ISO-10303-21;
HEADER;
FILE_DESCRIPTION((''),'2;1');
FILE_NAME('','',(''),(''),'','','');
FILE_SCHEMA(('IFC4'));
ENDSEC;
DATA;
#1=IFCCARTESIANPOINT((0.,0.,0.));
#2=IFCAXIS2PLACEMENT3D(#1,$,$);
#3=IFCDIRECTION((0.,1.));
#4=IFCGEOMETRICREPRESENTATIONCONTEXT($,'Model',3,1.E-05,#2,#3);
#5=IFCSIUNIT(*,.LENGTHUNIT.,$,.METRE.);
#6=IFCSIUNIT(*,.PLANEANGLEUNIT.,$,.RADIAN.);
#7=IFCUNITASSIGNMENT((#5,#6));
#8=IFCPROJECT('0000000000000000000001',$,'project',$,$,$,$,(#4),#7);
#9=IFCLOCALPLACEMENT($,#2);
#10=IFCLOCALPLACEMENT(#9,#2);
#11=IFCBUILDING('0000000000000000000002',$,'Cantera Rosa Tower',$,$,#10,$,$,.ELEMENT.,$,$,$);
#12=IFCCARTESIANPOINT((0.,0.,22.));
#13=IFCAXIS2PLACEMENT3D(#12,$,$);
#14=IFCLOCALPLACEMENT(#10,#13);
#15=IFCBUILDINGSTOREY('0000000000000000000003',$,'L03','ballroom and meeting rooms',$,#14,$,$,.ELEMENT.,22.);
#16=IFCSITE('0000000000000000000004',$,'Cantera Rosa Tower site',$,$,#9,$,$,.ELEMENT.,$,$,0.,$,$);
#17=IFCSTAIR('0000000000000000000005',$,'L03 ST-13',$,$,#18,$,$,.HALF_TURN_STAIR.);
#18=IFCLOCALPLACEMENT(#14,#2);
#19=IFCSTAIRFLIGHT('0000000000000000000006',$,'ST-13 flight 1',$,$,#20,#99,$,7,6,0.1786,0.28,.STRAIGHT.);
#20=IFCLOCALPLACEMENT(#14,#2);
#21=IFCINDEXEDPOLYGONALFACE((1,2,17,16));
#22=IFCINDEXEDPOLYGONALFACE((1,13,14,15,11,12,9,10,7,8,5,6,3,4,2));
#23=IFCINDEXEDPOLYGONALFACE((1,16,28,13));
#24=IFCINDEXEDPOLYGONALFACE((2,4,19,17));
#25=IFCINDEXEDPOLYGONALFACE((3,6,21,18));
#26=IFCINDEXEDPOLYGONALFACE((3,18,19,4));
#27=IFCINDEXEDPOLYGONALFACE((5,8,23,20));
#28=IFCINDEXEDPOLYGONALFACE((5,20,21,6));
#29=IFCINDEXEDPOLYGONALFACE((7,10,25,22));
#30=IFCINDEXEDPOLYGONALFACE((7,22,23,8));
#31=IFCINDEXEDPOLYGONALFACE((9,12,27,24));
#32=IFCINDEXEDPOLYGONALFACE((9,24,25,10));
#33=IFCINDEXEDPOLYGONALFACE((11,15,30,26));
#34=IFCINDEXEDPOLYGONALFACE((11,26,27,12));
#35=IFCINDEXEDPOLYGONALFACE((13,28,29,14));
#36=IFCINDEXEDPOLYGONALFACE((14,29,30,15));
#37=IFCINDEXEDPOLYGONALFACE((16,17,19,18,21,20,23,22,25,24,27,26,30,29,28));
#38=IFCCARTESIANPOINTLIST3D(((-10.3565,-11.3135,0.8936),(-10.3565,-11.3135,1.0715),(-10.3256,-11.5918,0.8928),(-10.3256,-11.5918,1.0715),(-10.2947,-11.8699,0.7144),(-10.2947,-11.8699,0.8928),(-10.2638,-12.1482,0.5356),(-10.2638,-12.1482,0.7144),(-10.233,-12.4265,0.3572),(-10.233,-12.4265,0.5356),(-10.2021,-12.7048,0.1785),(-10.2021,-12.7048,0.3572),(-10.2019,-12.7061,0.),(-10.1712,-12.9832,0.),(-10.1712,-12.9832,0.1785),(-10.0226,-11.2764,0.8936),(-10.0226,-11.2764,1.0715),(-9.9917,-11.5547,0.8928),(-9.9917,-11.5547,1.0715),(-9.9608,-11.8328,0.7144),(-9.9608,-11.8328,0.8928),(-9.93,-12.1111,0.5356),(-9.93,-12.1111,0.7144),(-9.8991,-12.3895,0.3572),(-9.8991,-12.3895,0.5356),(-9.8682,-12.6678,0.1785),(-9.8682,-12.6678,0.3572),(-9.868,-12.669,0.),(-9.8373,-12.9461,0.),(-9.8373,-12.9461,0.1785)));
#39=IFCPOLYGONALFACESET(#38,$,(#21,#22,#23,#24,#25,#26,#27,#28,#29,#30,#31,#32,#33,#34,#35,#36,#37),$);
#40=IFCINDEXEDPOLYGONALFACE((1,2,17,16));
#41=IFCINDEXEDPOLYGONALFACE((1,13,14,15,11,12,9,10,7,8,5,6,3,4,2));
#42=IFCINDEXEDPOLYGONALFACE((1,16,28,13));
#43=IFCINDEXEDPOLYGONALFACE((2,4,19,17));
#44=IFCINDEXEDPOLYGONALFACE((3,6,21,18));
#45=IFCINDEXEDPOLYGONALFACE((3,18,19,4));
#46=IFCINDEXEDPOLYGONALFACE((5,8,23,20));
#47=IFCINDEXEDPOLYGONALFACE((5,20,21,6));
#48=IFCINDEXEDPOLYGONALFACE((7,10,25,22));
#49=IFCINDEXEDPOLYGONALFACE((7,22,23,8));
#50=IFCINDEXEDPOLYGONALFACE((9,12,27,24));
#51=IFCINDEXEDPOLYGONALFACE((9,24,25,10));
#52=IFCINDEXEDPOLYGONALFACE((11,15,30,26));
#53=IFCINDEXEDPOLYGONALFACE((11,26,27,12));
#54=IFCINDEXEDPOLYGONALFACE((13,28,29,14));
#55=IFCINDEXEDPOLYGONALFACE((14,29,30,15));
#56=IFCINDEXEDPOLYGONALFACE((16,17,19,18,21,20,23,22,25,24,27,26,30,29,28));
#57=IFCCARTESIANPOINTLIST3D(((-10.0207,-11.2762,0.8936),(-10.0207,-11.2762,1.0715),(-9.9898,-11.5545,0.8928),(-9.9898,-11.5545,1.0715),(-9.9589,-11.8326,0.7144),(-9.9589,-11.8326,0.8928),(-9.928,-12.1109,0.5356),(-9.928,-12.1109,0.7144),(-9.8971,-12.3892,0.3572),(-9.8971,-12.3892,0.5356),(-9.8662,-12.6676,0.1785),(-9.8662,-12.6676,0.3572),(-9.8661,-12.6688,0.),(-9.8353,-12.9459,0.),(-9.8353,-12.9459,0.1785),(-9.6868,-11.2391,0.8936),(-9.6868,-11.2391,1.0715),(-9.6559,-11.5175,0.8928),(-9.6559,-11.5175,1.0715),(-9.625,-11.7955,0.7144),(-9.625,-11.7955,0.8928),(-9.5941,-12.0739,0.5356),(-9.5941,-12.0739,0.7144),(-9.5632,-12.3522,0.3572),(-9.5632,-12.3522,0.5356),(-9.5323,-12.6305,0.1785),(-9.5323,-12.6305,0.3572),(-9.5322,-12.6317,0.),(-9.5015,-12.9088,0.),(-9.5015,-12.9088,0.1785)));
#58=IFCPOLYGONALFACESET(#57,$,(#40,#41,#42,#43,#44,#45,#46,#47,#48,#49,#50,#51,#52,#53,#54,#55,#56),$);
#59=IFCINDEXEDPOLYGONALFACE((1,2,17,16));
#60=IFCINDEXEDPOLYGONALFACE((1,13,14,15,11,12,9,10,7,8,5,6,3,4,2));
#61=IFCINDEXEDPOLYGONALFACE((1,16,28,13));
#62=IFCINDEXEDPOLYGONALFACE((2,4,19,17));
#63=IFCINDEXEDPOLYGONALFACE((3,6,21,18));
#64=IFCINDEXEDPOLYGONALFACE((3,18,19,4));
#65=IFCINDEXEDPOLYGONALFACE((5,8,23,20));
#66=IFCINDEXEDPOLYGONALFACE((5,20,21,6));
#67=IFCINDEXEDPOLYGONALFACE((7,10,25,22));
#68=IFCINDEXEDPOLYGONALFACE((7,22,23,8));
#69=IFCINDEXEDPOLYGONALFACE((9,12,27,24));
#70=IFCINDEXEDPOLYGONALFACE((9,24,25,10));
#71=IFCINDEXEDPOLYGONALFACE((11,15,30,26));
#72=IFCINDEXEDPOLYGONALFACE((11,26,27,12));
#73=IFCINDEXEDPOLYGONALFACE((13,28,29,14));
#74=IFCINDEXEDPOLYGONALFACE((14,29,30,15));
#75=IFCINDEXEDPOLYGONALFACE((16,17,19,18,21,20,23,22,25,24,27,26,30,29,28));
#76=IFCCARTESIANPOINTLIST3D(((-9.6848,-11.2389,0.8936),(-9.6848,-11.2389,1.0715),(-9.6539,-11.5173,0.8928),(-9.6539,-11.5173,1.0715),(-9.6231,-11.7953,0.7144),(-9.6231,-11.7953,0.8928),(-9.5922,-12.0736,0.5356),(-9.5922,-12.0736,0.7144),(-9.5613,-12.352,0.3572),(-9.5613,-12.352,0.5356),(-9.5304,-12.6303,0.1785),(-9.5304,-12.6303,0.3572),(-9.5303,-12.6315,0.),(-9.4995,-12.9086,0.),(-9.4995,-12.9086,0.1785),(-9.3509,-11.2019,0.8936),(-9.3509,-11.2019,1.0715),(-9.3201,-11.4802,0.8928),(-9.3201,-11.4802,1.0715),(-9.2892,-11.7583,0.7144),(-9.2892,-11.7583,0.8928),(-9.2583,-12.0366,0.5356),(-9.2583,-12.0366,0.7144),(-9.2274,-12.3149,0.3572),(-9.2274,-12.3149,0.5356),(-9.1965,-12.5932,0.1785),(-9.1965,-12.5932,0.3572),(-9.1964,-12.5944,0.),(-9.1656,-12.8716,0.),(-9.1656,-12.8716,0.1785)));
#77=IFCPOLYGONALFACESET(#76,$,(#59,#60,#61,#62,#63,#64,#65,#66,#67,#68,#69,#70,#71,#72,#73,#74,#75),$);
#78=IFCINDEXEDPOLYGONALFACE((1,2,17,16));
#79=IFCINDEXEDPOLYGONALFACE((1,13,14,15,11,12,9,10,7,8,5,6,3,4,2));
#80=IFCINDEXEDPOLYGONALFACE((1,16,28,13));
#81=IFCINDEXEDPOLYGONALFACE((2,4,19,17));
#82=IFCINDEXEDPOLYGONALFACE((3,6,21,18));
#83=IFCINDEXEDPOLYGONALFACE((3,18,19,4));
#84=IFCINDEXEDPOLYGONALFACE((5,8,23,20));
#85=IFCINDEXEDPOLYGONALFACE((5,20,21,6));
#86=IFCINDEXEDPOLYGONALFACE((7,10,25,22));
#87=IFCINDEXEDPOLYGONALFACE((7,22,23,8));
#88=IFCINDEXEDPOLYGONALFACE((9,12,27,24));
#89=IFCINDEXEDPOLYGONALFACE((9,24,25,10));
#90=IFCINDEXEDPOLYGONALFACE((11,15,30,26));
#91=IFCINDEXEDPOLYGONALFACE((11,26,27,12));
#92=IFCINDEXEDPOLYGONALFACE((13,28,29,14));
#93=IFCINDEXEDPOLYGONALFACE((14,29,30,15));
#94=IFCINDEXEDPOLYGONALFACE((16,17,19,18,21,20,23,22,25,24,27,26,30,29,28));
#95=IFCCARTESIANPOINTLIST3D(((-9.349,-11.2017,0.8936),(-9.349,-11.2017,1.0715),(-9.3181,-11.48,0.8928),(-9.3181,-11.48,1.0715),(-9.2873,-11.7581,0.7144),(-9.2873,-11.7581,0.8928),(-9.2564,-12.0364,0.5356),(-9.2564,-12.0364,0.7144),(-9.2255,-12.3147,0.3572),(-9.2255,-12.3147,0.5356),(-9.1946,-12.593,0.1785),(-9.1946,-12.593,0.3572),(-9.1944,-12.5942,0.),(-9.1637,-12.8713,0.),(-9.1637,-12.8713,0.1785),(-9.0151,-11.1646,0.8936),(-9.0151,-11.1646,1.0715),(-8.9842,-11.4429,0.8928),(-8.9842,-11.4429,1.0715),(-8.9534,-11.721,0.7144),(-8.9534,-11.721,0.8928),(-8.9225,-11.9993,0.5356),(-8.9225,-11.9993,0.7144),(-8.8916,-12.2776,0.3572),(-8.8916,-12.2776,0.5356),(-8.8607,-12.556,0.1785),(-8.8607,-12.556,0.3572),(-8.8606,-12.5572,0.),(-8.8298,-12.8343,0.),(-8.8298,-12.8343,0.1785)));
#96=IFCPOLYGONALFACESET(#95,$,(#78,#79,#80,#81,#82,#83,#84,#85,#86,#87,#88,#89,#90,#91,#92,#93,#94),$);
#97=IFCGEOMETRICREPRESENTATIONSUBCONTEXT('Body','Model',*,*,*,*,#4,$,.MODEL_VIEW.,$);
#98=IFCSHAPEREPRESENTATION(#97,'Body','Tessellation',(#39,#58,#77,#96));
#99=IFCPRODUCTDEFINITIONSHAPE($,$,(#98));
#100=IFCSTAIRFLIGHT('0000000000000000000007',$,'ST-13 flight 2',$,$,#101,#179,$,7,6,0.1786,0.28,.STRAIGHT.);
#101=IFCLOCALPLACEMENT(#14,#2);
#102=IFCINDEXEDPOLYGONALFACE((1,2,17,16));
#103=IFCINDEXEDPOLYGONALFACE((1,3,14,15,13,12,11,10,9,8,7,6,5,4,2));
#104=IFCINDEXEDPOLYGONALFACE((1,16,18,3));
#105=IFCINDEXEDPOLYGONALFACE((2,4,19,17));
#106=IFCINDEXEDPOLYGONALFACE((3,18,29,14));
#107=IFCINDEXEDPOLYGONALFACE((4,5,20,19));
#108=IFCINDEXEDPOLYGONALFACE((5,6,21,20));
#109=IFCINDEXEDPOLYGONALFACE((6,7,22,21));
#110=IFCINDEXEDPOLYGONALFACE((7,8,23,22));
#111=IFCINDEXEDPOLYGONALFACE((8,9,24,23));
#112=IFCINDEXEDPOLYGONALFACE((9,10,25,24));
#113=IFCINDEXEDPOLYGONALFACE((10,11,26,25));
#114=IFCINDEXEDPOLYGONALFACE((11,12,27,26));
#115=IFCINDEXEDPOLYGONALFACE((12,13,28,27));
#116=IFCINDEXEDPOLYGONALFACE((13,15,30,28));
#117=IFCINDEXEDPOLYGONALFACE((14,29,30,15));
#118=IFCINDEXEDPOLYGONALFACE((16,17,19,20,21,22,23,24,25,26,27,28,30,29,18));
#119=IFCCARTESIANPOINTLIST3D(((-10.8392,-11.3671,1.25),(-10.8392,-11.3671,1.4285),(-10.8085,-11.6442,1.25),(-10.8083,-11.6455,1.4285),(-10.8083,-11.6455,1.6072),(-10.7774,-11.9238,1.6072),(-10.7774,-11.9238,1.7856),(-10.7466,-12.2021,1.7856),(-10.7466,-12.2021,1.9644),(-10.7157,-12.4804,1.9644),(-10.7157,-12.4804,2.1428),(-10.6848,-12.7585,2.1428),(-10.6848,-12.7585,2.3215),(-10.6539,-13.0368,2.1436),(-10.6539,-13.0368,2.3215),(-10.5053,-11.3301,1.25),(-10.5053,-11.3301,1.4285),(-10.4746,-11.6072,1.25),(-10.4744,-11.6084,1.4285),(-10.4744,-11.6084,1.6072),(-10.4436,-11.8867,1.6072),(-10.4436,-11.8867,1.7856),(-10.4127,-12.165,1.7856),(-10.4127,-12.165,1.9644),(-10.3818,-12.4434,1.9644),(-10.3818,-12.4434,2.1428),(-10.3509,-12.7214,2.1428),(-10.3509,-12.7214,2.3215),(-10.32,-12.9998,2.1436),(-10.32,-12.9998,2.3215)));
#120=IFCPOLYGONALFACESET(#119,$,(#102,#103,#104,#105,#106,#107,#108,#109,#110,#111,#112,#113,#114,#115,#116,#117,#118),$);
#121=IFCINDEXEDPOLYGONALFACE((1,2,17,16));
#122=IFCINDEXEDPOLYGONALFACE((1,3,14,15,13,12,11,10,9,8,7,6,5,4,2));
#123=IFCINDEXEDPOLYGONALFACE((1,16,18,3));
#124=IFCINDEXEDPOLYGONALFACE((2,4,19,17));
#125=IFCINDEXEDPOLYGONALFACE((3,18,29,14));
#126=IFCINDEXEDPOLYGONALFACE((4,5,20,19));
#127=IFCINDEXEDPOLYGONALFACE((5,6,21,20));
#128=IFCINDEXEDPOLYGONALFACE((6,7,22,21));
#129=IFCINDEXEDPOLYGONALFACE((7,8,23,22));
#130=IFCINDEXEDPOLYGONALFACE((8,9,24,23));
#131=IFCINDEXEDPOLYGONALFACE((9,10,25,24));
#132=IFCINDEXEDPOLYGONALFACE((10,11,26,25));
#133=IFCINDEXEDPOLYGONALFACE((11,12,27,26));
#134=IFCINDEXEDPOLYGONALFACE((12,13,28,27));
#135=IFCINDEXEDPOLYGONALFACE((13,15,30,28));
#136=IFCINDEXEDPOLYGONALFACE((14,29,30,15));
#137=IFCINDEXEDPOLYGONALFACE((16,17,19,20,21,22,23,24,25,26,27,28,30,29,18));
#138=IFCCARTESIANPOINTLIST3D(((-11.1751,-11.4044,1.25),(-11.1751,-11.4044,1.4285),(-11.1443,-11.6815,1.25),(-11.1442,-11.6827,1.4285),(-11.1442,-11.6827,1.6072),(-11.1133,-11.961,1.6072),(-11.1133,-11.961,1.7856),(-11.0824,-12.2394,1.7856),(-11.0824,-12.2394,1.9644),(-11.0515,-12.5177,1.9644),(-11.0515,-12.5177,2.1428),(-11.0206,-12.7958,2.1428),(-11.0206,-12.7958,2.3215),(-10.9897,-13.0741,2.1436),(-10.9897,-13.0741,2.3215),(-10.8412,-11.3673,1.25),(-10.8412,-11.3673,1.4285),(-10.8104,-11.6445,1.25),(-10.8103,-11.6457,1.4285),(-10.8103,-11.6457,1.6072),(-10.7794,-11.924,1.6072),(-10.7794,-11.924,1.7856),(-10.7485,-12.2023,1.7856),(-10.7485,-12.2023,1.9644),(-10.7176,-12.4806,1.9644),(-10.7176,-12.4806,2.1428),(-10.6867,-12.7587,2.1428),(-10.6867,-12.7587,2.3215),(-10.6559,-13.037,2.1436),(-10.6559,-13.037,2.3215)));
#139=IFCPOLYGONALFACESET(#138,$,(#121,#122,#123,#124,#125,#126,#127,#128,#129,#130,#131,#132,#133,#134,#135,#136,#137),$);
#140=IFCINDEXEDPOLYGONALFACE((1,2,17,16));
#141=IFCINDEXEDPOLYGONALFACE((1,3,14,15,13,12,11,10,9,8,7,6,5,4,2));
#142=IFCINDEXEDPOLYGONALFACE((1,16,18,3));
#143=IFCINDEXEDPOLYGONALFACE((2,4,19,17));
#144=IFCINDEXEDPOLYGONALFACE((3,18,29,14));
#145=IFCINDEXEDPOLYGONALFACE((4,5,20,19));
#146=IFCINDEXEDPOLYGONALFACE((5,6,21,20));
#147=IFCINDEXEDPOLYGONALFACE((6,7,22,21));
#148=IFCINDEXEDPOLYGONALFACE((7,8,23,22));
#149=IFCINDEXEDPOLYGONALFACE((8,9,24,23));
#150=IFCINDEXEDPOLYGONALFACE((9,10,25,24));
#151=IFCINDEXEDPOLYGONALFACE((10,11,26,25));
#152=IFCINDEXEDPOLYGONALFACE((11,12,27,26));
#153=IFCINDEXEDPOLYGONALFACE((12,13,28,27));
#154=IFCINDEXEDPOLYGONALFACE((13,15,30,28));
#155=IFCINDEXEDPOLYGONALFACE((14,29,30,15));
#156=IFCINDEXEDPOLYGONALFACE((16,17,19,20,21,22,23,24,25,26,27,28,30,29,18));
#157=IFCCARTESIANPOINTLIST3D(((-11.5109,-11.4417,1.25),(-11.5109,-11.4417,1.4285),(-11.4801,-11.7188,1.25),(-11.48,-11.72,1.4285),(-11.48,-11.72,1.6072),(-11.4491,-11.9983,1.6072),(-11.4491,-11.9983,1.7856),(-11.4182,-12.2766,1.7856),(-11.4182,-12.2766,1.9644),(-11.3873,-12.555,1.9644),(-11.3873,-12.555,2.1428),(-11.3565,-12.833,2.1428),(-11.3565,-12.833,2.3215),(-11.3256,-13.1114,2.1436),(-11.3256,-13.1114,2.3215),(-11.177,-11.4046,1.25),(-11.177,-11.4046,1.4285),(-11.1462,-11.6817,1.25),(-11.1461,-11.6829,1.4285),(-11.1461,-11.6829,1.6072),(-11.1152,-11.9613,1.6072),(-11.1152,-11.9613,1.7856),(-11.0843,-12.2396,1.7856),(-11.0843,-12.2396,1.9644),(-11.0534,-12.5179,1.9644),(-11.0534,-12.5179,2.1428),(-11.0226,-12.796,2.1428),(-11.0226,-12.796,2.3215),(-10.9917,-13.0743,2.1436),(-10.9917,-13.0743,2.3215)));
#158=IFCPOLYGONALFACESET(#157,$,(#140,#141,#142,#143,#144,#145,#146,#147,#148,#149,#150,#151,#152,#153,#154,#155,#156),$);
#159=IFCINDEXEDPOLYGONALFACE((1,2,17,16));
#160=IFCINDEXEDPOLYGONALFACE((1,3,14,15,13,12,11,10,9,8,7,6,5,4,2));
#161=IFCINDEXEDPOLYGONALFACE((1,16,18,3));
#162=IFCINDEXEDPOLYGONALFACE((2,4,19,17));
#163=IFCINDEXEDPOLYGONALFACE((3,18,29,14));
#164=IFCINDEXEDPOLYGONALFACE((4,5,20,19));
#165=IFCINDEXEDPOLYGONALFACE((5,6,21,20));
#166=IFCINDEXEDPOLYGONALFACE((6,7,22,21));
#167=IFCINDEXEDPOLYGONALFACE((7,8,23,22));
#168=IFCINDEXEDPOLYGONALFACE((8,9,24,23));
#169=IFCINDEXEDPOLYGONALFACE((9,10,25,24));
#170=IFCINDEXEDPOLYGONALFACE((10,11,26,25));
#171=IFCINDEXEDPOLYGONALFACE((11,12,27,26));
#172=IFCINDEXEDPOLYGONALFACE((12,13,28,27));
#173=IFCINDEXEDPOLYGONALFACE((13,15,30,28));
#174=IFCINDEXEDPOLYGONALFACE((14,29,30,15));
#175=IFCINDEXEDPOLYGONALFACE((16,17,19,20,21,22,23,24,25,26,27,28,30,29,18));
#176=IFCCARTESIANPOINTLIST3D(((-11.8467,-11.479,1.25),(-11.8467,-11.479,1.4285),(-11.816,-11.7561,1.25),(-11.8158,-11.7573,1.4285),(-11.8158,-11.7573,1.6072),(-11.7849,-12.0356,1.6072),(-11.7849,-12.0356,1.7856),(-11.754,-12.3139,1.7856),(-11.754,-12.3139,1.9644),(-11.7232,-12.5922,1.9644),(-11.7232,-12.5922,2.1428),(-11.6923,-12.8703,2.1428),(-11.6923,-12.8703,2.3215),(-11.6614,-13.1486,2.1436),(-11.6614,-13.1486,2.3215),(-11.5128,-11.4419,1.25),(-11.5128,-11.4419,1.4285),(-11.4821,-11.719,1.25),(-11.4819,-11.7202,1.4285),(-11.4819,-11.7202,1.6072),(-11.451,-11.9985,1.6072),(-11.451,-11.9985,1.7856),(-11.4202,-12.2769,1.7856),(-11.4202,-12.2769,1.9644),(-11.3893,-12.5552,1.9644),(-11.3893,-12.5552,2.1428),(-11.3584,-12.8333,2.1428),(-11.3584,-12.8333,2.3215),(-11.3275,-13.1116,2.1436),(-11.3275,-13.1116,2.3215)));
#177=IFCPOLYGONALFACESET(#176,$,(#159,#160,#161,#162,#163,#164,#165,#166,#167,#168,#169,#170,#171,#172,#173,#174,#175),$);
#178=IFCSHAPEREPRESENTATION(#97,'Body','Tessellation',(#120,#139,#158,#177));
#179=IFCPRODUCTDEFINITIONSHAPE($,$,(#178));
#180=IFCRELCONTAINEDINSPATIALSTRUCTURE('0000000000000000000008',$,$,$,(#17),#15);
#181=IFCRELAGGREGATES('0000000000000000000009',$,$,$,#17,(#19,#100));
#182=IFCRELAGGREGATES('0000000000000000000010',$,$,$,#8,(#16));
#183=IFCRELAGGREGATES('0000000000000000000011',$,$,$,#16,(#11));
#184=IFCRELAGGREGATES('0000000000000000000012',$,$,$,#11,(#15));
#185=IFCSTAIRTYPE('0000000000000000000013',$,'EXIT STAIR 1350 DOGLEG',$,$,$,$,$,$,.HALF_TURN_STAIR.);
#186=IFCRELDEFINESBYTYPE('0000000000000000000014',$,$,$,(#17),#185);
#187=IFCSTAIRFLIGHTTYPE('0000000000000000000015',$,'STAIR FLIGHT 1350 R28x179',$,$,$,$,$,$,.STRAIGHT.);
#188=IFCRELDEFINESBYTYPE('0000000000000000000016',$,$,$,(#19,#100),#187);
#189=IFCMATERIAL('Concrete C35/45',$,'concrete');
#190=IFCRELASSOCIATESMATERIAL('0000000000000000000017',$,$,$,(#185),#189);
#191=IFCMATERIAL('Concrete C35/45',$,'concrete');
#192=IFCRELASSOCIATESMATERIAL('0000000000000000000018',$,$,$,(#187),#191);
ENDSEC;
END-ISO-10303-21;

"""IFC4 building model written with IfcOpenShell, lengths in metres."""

from ifc_helpers import new_model, si_unit, direction, frame, origin, place, context, subcontext, project, spatial, polyline, outline, extrude, material, type_object, element, aggregate, save


model = new_model("IFC4")

# Units and contexts
model_context = context("Model", 3, precision=1e-05, world=origin(), true_north=direction((0.0, 1.0)))
body_context = subcontext(model_context, "Body", "Model", "MODEL_VIEW")
ifc_project = project(units=[si_unit("LENGTHUNIT", "METRE"), si_unit("PLANEANGLEUNIT", "RADIAN")], contexts=[model_context])

# Site, building, storey
site_placement = place(None, origin())
site = spatial("IfcSite", under=ifc_project, at=site_placement, Name="Cantera Rosa Tower site", CompositionType="ELEMENT", RefElevation=0.0)
building_placement = place(site_placement, origin())
building = spatial("IfcBuilding", under=site, at=building_placement, Name="Cantera Rosa Tower", CompositionType="ELEMENT")
storey_placement = place(building_placement, frame((0.0, 0.0, 22.0)))
storey = spatial("IfcBuildingStorey", under=building, at=storey_placement, Name="L03", Description="ballroom and meeting rooms", CompositionType="ELEMENT", Elevation=22.0)

# Stair, stair flights
ifc_material_1 = material(Name="Concrete C35/45", Category="concrete")
stair_type = type_object("IfcStairType", Name="EXIT STAIR 1350 DOGLEG", PredefinedType="HALF_TURN_STAIR", material=ifc_material_1)
stair_placement = place(storey_placement, origin())
stair = element("IfcStair", 1, at=stair_placement, inside=storey, type_object=stair_type, Name="L03 ST-13", PredefinedType="HALF_TURN_STAIR")
ifc_material_2 = material(Name="Concrete C35/45", Category="concrete")
stair_flight_type = type_object("IfcStairFlightType", Name="STAIR FLIGHT 1350 R28x179", PredefinedType="STRAIGHT", material=ifc_material_2)
stair_flight_1_placement = place(storey_placement, frame((-9.5002, -12.9087, 0.0), z_axis=(0.0, 0.0, 1.0), x_axis=(-0.110313, 0.993897, 0.0)))
stair_flight_1 = element("IfcStairFlight", 2, at=stair_flight_1_placement, type_object=stair_flight_type, Name="ST-13 flight 1", NumberOfRisers=7, NumberOfTreads=6, PredefinedType="STRAIGHT", RiserHeight=0.1786, TreadLength=0.28, context=body_context, shape_type="SweptSolid", body=[
    extrude(outline(polyline([(0.0, 0.0), (0.0, 0.1785), (0.28, 0.1785), (0.28, 0.3572), (0.5601, 0.3572), (0.5601, 0.5356), (0.8401, 0.5356), (0.8401, 0.7144), (1.1201, 0.7144), (1.1201, 0.8928), (1.3999, 0.8928), (1.3999, 1.0715), (1.6799, 1.0715), (1.6799, 1.25), (1.6799, 0.8936), (0.2788, 0.0), (0.0, 0.0)])), frame((0.0, 0.675, 0.0), z_axis=(0.0, -1.0, 0.0), x_axis=(1.0, 0.0, 0.0)), (0.0, 0.0, 1.0), 0.3359),
    extrude(outline(polyline([(0.0, 0.0), (0.0, 0.1785), (0.28, 0.1785), (0.28, 0.3572), (0.5601, 0.3572), (0.5601, 0.5356), (0.8401, 0.5356), (0.8401, 0.7144), (1.1201, 0.7144), (1.1201, 0.8928), (1.3999, 0.8928), (1.3999, 1.0715), (1.6799, 1.0715), (1.6799, 1.25), (1.6799, 0.8936), (0.2788, 0.0), (0.0, 0.0)])), frame((0.0, 0.3372, 0.0), z_axis=(0.0, -1.0, 0.0), x_axis=(1.0, 0.0, 0.0)), (0.0, 0.0, 1.0), 0.3359),
    extrude(outline(polyline([(0.0, 0.0), (0.0, 0.1785), (0.28, 0.1785), (0.28, 0.3572), (0.5601, 0.3572), (0.5601, 0.5356), (0.8401, 0.5356), (0.8401, 0.7144), (1.1201, 0.7144), (1.1201, 0.8928), (1.3999, 0.8928), (1.3999, 1.0715), (1.6799, 1.0715), (1.6799, 1.25), (1.6799, 0.8936), (0.2788, 0.0), (0.0, 0.0)])), frame((0.0, -0.0007, 0.0), z_axis=(0.0, -1.0, 0.0), x_axis=(1.0, 0.0, 0.0)), (0.0, 0.0, 1.0), 0.3359),
    extrude(outline(polyline([(0.0, 0.0), (0.0, 0.1785), (0.28, 0.1785), (0.28, 0.3572), (0.5601, 0.3572), (0.5601, 0.5356), (0.8401, 0.5356), (0.8401, 0.7144), (1.1201, 0.7144), (1.1201, 0.8928), (1.3999, 0.8928), (1.3999, 1.0715), (1.6799, 1.0715), (1.6799, 1.25), (1.6799, 0.8936), (0.2788, 0.0), (0.0, 0.0)])), frame((0.0, -0.3386, 0.0), z_axis=(0.0, -1.0, 0.0), x_axis=(1.0, 0.0, 0.0)), (0.0, 0.0, 1.0), 0.3359),
])
stair_flight_2_placement = place(storey_placement, frame((-11.1763, -11.4045, 1.25), z_axis=(0.0, 0.0, 1.0), x_axis=(0.110313, -0.993897, 0.0)))
stair_flight_2 = element("IfcStairFlight", 3, at=stair_flight_2_placement, type_object=stair_flight_type, Name="ST-13 flight 2", NumberOfRisers=7, NumberOfTreads=6, PredefinedType="STRAIGHT", RiserHeight=0.1786, TreadLength=0.28, context=body_context, shape_type="SweptSolid", body=[
    extrude(outline(polyline([(0.0, 0.0), (0.0, 0.1785), (0.28, 0.1785), (0.28, 0.3572), (0.5601, 0.3572), (0.5601, 0.5356), (0.8401, 0.5356), (0.8401, 0.7144), (1.1201, 0.7144), (1.1201, 0.8928), (1.3999, 0.8928), (1.3999, 1.0715), (1.6799, 1.0715), (1.6799, 1.25), (1.6799, 0.8936), (0.2788, 0.0), (0.0, 0.0)])), frame((0.0, 0.675, 0.0), z_axis=(0.0, -1.0, 0.0), x_axis=(1.0, 0.0, 0.0)), (0.0, 0.0, 1.0), 0.3359),
    extrude(outline(polyline([(0.0, 0.0), (0.0, 0.1785), (0.28, 0.1785), (0.28, 0.3572), (0.5601, 0.3572), (0.5601, 0.5356), (0.8401, 0.5356), (0.8401, 0.7144), (1.1201, 0.7144), (1.1201, 0.8928), (1.3999, 0.8928), (1.3999, 1.0715), (1.6799, 1.0715), (1.6799, 1.25), (1.6799, 0.8936), (0.2788, 0.0), (0.0, 0.0)])), frame((0.0, 0.3372, 0.0), z_axis=(0.0, -1.0, 0.0), x_axis=(1.0, 0.0, 0.0)), (0.0, 0.0, 1.0), 0.3359),
    extrude(outline(polyline([(0.0, 0.0), (0.0, 0.1785), (0.28, 0.1785), (0.28, 0.3572), (0.5601, 0.3572), (0.5601, 0.5356), (0.8401, 0.5356), (0.8401, 0.7144), (1.1201, 0.7144), (1.1201, 0.8928), (1.3999, 0.8928), (1.3999, 1.0715), (1.6799, 1.0715), (1.6799, 1.25), (1.6799, 0.8936), (0.2788, 0.0), (0.0, 0.0)])), frame((0.0, -0.0007, 0.0), z_axis=(0.0, -1.0, 0.0), x_axis=(1.0, 0.0, 0.0)), (0.0, 0.0, 1.0), 0.3359),
    extrude(outline(polyline([(0.0, 0.0), (0.0, 0.1785), (0.28, 0.1785), (0.28, 0.3572), (0.5601, 0.3572), (0.5601, 0.5356), (0.8401, 0.5356), (0.8401, 0.7144), (1.1201, 0.7144), (1.1201, 0.8928), (1.3999, 0.8928), (1.3999, 1.0715), (1.6799, 1.0715), (1.6799, 1.25), (1.6799, 0.8936), (0.2788, 0.0), (0.0, 0.0)])), frame((0.0, -0.3386, 0.0), z_axis=(0.0, -1.0, 0.0), x_axis=(1.0, 0.0, 0.0)), (0.0, 0.0, 1.0), 0.3359),
])
aggregate(stair, [stair_flight_1, stair_flight_2])

save(model, "model.ifc")
